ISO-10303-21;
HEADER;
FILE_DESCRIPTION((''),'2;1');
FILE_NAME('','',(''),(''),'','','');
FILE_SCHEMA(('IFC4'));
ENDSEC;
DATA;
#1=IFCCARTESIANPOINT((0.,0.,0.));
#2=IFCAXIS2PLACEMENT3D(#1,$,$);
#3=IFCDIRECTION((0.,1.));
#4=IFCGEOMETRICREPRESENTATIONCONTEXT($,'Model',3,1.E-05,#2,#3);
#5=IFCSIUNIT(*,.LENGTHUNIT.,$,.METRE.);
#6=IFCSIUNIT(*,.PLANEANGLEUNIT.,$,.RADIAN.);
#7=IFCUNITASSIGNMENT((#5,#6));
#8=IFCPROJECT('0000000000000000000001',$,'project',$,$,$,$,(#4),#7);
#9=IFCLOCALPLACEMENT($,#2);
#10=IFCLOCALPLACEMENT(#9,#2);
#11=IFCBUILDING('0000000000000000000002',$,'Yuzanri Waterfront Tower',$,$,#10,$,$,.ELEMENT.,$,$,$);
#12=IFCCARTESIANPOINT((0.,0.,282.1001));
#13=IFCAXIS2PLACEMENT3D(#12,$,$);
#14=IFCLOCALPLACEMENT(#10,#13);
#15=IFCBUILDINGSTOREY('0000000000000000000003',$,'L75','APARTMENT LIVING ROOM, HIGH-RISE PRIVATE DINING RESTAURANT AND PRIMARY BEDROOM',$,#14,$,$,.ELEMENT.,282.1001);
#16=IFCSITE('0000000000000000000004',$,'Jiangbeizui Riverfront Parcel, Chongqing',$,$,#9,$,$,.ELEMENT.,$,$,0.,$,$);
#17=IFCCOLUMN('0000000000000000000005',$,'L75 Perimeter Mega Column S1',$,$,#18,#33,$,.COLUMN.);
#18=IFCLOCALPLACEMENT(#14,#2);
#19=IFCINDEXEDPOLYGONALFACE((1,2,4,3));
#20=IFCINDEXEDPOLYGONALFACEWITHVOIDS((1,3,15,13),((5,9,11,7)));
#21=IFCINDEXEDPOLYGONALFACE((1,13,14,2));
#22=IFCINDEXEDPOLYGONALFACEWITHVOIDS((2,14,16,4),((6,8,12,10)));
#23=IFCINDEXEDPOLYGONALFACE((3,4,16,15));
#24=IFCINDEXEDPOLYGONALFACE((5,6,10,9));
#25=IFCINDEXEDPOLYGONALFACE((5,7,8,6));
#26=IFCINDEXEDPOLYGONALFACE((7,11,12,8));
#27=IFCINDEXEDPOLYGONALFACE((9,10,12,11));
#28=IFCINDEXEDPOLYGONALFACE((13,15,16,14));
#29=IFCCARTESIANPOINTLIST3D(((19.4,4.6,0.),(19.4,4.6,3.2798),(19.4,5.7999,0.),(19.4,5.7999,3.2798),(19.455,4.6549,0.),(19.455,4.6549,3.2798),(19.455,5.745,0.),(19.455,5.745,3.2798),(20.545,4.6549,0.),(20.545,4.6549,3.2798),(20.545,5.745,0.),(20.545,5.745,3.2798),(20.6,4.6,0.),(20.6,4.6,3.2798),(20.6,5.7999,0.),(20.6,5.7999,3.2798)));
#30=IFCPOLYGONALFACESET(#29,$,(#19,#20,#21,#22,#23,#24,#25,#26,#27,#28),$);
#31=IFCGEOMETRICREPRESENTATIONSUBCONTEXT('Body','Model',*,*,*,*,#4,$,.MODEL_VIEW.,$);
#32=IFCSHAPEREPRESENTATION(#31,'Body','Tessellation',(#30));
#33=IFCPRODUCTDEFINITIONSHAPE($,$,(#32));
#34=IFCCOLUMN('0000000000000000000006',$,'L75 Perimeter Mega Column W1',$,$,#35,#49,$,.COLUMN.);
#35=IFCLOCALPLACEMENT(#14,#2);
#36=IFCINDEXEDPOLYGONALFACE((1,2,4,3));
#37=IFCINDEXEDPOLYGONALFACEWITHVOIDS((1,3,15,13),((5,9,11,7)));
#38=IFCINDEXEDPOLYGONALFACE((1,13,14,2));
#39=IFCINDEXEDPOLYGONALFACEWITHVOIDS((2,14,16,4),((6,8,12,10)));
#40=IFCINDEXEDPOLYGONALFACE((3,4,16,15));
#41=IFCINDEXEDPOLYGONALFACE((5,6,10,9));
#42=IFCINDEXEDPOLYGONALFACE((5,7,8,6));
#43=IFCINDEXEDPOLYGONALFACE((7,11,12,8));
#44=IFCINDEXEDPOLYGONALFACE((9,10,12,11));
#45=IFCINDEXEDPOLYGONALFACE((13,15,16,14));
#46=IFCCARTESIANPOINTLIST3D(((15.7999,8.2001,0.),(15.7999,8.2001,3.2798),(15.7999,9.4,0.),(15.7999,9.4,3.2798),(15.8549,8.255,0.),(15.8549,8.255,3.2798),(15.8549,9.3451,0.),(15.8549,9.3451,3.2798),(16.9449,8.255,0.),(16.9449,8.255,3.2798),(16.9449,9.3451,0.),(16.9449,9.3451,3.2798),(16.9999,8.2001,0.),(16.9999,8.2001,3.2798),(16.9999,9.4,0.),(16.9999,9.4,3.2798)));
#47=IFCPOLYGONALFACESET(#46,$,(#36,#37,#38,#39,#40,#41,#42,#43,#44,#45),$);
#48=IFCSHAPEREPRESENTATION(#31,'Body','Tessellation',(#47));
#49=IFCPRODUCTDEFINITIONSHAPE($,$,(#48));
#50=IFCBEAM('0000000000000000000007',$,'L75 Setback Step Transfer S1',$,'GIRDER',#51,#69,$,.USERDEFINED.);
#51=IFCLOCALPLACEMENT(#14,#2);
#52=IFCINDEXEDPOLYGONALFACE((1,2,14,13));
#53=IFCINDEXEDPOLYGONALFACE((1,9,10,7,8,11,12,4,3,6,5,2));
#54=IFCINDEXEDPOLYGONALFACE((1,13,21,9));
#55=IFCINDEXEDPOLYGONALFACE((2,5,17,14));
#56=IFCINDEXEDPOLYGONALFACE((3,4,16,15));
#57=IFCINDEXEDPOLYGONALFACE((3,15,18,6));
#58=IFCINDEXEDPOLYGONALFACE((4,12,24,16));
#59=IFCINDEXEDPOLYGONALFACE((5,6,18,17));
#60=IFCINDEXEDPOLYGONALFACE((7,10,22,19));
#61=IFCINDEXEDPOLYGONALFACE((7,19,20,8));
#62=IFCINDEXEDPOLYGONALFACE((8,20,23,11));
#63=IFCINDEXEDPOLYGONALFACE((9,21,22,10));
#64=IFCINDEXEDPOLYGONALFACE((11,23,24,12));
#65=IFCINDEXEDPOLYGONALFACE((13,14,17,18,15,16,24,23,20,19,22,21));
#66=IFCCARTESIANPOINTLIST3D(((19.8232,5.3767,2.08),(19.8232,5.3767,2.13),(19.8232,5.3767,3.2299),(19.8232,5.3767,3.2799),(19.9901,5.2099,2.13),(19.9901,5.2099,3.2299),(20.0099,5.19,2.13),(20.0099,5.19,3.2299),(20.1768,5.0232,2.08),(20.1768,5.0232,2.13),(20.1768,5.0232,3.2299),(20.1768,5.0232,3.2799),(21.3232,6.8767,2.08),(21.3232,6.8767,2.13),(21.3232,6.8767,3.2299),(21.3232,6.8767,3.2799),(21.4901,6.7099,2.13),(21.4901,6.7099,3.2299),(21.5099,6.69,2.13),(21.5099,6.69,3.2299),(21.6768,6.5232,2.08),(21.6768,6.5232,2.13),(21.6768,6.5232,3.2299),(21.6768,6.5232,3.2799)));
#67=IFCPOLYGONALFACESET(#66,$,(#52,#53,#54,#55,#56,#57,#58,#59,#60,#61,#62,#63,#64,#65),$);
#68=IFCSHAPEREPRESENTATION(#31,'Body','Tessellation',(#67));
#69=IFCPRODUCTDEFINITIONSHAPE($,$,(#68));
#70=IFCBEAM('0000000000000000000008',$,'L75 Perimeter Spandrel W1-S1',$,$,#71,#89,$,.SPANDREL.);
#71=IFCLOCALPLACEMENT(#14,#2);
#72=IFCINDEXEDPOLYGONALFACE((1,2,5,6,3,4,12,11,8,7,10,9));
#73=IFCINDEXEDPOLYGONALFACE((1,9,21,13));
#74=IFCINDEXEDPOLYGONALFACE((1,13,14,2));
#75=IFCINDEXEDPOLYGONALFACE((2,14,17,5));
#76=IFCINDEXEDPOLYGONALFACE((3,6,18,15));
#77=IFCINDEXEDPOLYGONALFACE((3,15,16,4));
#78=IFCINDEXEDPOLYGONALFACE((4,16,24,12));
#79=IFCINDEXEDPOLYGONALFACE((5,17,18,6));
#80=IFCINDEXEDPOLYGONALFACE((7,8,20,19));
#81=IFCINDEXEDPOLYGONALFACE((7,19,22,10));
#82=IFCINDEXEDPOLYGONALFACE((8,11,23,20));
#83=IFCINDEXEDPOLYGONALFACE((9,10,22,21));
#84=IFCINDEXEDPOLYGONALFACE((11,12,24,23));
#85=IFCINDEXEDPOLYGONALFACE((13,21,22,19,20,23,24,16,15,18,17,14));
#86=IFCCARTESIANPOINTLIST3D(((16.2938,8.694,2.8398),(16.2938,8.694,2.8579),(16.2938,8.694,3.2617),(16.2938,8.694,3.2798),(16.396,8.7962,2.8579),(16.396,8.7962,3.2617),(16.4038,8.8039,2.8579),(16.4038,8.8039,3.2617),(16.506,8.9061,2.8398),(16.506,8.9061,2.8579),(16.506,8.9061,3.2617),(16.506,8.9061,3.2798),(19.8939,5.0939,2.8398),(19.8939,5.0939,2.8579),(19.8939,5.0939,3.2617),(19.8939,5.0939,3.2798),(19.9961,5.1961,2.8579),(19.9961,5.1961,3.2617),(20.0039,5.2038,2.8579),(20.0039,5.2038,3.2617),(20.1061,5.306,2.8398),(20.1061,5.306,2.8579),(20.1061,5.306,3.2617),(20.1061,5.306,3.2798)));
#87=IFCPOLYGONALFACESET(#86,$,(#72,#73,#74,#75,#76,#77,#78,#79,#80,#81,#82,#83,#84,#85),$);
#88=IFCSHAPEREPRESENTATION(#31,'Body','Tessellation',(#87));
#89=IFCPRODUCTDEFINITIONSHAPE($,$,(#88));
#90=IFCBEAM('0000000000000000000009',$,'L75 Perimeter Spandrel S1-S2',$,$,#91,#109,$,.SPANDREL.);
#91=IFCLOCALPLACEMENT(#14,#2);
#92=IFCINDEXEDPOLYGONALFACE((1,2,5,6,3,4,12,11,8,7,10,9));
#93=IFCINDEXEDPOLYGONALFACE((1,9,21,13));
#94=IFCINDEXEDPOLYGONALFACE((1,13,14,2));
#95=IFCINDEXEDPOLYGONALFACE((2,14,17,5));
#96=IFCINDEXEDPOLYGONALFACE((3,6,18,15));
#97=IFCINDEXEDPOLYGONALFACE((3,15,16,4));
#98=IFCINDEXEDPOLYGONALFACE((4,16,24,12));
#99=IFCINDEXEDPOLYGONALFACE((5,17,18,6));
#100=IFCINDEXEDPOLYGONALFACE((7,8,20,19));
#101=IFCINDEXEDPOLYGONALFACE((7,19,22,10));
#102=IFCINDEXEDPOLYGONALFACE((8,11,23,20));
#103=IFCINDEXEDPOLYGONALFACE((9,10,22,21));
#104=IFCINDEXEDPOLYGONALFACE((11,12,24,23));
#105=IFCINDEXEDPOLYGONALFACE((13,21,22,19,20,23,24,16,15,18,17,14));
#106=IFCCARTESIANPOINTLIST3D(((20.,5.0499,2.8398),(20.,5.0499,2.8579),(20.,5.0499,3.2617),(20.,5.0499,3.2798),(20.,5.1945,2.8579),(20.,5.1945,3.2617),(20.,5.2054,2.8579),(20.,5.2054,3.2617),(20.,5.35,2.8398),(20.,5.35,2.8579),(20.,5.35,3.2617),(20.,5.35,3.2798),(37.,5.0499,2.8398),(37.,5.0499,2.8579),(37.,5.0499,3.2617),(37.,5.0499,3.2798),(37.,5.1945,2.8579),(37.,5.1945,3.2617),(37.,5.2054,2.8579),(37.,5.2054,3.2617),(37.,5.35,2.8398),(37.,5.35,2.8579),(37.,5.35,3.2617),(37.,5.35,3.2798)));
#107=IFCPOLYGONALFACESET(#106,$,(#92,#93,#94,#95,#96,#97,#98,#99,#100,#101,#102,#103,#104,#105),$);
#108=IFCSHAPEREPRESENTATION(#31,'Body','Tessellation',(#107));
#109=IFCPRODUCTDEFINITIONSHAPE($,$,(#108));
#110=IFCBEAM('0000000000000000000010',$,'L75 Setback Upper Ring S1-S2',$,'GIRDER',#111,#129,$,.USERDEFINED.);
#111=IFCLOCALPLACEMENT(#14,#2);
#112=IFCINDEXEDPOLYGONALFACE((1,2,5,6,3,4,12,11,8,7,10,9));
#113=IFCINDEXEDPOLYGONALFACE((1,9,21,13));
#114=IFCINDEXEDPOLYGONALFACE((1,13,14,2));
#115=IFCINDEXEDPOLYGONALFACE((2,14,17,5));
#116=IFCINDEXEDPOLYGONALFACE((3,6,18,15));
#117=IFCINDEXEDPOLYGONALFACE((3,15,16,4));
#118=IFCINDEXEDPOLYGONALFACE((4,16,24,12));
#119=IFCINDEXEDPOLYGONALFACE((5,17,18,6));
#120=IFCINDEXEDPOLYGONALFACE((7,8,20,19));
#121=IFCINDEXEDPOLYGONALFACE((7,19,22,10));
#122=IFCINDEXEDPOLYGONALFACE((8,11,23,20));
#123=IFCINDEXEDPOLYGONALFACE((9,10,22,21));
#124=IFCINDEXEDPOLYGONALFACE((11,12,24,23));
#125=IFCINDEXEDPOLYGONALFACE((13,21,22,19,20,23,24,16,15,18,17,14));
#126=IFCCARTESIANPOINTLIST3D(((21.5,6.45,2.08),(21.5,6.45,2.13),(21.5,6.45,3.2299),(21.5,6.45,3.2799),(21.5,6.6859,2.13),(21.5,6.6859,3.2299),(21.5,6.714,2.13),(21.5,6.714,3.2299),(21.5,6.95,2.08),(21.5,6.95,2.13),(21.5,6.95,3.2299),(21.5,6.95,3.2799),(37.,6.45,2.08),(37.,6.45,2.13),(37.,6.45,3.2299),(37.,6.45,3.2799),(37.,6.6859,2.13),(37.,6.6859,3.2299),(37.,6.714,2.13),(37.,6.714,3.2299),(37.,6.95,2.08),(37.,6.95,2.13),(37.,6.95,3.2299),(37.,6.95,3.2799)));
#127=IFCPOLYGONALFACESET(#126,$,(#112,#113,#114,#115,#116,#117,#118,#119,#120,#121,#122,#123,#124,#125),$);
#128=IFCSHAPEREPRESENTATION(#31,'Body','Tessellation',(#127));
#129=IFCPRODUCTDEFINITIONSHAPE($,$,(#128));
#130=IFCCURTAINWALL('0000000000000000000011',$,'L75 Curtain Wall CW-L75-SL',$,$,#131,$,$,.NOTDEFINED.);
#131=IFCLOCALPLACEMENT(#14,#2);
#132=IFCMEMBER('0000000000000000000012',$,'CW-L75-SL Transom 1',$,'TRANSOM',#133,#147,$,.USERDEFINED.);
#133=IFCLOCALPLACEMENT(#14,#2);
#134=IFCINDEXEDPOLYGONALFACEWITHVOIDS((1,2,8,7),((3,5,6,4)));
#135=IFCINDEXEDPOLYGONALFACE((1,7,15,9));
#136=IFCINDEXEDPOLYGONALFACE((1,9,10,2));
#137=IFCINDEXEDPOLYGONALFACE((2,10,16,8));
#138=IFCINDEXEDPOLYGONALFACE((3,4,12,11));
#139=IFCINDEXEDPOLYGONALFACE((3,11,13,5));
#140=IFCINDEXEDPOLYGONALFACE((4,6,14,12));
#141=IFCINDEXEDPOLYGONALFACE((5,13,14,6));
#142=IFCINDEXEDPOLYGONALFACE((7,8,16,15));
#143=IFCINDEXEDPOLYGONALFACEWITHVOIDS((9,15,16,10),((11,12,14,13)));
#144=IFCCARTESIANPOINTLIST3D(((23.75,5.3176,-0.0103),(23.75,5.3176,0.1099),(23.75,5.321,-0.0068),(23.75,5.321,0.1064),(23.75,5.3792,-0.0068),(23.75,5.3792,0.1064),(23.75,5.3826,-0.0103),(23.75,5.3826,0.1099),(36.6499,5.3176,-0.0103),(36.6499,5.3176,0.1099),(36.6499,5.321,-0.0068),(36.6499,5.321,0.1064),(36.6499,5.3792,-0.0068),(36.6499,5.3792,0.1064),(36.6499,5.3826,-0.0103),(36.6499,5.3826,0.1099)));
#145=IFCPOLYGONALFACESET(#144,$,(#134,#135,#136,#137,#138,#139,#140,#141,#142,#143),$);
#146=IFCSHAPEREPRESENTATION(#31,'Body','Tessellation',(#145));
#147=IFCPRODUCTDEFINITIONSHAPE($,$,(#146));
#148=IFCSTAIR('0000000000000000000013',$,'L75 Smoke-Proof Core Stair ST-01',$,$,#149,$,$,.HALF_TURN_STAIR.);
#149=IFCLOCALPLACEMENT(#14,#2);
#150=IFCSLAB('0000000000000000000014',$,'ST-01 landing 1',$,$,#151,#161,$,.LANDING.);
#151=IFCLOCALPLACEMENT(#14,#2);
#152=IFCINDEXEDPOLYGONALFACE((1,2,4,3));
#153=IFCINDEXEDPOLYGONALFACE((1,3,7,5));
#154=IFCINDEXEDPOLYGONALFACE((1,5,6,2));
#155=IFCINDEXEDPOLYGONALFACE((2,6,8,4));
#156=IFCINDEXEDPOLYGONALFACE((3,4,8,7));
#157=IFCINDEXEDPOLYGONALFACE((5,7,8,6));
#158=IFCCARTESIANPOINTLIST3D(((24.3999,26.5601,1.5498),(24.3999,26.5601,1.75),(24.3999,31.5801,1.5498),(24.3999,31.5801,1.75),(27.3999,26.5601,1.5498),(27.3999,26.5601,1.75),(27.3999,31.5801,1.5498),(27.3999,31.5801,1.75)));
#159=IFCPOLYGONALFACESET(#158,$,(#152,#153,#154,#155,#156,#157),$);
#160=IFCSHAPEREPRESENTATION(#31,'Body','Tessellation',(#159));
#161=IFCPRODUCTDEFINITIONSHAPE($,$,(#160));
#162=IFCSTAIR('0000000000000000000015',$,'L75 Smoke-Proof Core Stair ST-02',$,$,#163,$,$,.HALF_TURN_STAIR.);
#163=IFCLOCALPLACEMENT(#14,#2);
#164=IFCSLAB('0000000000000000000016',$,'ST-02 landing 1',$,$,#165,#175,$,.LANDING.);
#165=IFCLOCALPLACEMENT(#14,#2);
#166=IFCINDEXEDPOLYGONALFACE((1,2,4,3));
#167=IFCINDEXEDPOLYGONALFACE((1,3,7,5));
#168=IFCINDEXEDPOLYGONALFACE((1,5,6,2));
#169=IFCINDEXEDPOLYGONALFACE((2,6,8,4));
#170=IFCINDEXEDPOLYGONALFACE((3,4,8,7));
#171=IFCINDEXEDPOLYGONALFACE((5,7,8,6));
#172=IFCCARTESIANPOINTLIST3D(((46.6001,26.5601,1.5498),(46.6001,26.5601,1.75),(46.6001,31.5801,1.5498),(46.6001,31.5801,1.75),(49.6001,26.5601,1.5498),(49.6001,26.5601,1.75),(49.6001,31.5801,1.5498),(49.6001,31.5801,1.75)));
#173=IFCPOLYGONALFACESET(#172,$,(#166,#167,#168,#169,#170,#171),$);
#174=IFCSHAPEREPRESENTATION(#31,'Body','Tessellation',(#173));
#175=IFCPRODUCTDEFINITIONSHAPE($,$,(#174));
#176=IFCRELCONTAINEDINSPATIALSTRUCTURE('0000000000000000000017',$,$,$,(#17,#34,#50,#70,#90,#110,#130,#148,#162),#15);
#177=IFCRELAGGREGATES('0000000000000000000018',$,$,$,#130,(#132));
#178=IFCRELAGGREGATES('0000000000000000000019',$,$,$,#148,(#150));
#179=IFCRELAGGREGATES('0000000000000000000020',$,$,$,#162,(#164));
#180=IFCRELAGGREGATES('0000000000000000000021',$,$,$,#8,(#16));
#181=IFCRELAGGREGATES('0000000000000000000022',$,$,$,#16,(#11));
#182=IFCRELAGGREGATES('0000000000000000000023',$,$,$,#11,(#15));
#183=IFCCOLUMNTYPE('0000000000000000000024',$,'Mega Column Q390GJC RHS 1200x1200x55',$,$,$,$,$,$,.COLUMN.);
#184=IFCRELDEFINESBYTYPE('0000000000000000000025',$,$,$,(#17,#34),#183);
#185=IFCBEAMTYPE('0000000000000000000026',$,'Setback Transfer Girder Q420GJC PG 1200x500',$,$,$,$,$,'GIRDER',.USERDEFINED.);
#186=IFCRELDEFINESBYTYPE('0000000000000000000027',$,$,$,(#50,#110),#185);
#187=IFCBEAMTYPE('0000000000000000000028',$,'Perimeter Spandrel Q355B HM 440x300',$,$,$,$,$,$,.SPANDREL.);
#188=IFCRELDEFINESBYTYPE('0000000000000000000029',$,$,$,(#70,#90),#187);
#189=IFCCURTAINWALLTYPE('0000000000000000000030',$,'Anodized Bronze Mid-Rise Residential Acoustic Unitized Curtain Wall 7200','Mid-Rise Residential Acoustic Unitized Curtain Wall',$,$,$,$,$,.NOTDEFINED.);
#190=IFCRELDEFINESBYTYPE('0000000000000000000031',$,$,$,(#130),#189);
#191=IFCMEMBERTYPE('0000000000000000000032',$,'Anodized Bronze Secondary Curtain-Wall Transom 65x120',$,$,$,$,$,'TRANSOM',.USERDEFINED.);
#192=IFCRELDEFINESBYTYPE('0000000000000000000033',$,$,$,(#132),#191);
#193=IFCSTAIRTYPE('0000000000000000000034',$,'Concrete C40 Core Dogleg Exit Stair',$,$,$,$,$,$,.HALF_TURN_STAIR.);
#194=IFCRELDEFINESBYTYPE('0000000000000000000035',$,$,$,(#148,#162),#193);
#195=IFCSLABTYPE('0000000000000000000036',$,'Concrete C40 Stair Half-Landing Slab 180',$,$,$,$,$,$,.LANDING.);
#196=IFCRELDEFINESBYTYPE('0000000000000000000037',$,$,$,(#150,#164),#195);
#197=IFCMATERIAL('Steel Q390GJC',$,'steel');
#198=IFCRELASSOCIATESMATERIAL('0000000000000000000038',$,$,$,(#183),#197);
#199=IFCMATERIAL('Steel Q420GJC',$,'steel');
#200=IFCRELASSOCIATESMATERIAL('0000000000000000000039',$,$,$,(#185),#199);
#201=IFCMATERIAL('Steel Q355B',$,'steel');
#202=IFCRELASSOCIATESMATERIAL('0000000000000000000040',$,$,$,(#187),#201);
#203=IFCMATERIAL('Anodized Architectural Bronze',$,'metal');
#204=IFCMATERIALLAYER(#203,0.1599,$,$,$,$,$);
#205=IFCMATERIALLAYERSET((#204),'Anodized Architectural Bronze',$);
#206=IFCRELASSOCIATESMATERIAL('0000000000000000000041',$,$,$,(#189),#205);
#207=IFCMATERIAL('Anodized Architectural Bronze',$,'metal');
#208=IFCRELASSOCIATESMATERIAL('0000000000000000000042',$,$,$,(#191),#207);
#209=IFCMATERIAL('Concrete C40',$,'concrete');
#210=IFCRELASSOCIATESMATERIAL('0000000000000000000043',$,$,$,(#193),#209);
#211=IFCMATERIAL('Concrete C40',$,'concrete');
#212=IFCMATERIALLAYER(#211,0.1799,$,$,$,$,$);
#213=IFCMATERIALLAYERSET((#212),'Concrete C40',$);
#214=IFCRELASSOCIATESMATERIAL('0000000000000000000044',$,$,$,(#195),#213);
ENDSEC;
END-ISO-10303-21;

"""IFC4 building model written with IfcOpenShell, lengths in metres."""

from ifc_helpers import new_model, si_unit, direction, frame, origin, origin_2d, place, context, subcontext, project, spatial, polyline, hollow_rectangle, i_section, outline, extrude, source, transform, mapped, material, layer, layer_set, material_profile, profile_set, type_object, element, aggregate, save


model = new_model("IFC4")

# Units and contexts
model_context = context("Model", 3, precision=1e-05, world=origin(), true_north=direction((0.0, 1.0)))
body_context = subcontext(model_context, "Body", "Model", "MODEL_VIEW")
ifc_project = project(units=[si_unit("LENGTHUNIT", "METRE"), si_unit("PLANEANGLEUNIT", "RADIAN")], contexts=[model_context])

# Site, building, storey
site_placement = place(None, origin())
site = spatial("IfcSite", under=ifc_project, at=site_placement, Name="Jiangbeizui Riverfront Parcel, Chongqing", CompositionType="ELEMENT", RefElevation=0.0)
building_placement = place(site_placement, origin())
building = spatial("IfcBuilding", under=site, at=building_placement, Name="Yuzanri Waterfront Tower", CompositionType="ELEMENT")
storey_placement = place(building_placement, frame((0.0, 0.0, 282.1001)))
storey = spatial("IfcBuildingStorey", under=building, at=storey_placement, Name="L75", Description="APARTMENT LIVING ROOM, HIGH-RISE PRIVATE DINING RESTAURANT AND PRIMARY BEDROOM", CompositionType="ELEMENT", Elevation=282.1001)

# Columns
ifc_material_1 = material(Name="Steel Q390GJC", Category="steel")
ifc_material_profile_1 = material_profile(ifc_material_1, hollow_rectangle(XDim=1.2, YDim=1.2, WallThickness=0.0549, at=origin_2d()), Name="RHS 1200x1200x55")
ifc_profile_set_1 = profile_set([ifc_material_profile_1], Name="Steel Q390GJC")
column_type = type_object("IfcColumnType", Name="Mega Column Q390GJC RHS 1200x1200x55", PredefinedType="COLUMN", material=ifc_profile_set_1)
shared_shape_1 = source(origin(), body_context, "Body", "SweptSolid", [
    extrude(hollow_rectangle(XDim=1.2, YDim=1.2, WallThickness=0.0549, at=origin_2d()), origin(), (0.0, 0.0, 1.0), 3.2798),
])
for number, where, z_axis, x_axis, name in (
    (1, (20.0, 5.2, 0.0), (0.0, 0.0, 1.0), (1.0, 0.0, 0.0), "L75 Perimeter Mega Column S1"),
    (2, (16.3999, 8.8, 0.0), (0.0, 0.0, 1.0), (1.0, 0.0, 0.0), "L75 Perimeter Mega Column W1"),
):
    element("IfcColumn", number, at=place(storey_placement, frame(where, z_axis=z_axis, x_axis=x_axis)), inside=storey, type_object=column_type, Name=name, PredefinedType="COLUMN", context=body_context, shape_type="MappedRepresentation", body=[
        mapped(shared_shape_1, transform((0.0, 0.0, 0.0), scale=1.0)),
    ])

# Beams
ifc_material_2 = material(Name="Steel Q420GJC", Category="steel")
ifc_material_profile_2 = material_profile(ifc_material_2, i_section(OverallWidth=0.5, OverallDepth=1.2, WebThickness=0.0281, FlangeThickness=0.05, at=origin_2d()), Name="PG 1200x500x28x50")
ifc_profile_set_2 = profile_set([ifc_material_profile_2], Name="Steel Q420GJC")
beam_type_1 = type_object("IfcBeamType", Name="Setback Transfer Girder Q420GJC PG 1200x500", ElementType="GIRDER", PredefinedType="USERDEFINED", material=ifc_profile_set_2)
shared_shape_2 = source(origin(), body_context, "Body", "SweptSolid", [
    extrude(i_section(OverallWidth=0.5, OverallDepth=1.2, WebThickness=0.0281, FlangeThickness=0.05, at=origin_2d()), origin(), (0.0, 0.0, 1.0), 2.1213),
])
beam_1_placement = place(storey_placement, frame((21.5, 6.7, 2.6799), z_axis=(-0.707107, -0.707107, 0.0), x_axis=(0.707107, -0.707107, 0.0)))
element("IfcBeam", 3, at=beam_1_placement, inside=storey, type_object=beam_type_1, Name="L75 Setback Step Transfer S1", ObjectType="GIRDER", PredefinedType="USERDEFINED", context=body_context, shape_type="MappedRepresentation", body=[
    mapped(shared_shape_2, transform((0.0, 0.0, 0.0), scale=1.0)),
])
ifc_material_3 = material(Name="Steel Q355B", Category="steel")
ifc_material_profile_3 = material_profile(ifc_material_3, i_section(OverallWidth=0.3, OverallDepth=0.4399, WebThickness=0.011, FlangeThickness=0.0181, at=origin_2d()), Name="HM 440x300x11x18")
ifc_profile_set_3 = profile_set([ifc_material_profile_3], Name="Steel Q355B")
beam_type_2 = type_object("IfcBeamType", Name="Perimeter Spandrel Q355B HM 440x300", PredefinedType="SPANDREL", material=ifc_profile_set_3)
shared_shape_3 = source(origin(), body_context, "Body", "SweptSolid", [
    extrude(i_section(OverallWidth=0.3, OverallDepth=0.4399, WebThickness=0.011, FlangeThickness=0.0181, at=origin_2d()), origin(), (0.0, 0.0, 1.0), 5.0913),
])
beam_2_placement = place(storey_placement, frame((16.3999, 8.8, 3.0598), z_axis=(0.707107, -0.707107, 0.0), x_axis=(0.707107, 0.707107, 0.0)))
element("IfcBeam", 4, at=beam_2_placement, inside=storey, type_object=beam_type_2, Name="L75 Perimeter Spandrel W1-S1", PredefinedType="SPANDREL", context=body_context, shape_type="MappedRepresentation", body=[
    mapped(shared_shape_3, transform((0.0, 0.0, 0.0), scale=1.0)),
])
shared_shape_4 = source(origin(), body_context, "Body", "SweptSolid", [
    extrude(i_section(OverallWidth=0.3, OverallDepth=0.4399, WebThickness=0.011, FlangeThickness=0.0181, at=origin_2d()), origin(), (0.0, 0.0, 1.0), 17.0),
])
beam_3_placement = place(storey_placement, frame((20.0, 5.2, 3.0598), z_axis=(1.0, 0.0, 0.0), x_axis=(0.0, 1.0, 0.0)))
element("IfcBeam", 5, at=beam_3_placement, inside=storey, type_object=beam_type_2, Name="L75 Perimeter Spandrel S1-S2", PredefinedType="SPANDREL", context=body_context, shape_type="MappedRepresentation", body=[
    mapped(shared_shape_4, transform((0.0, 0.0, 0.0), scale=1.0)),
])
shared_shape_5 = source(origin(), body_context, "Body", "SweptSolid", [
    extrude(i_section(OverallWidth=0.5, OverallDepth=1.2, WebThickness=0.0281, FlangeThickness=0.05, at=origin_2d()), origin(), (0.0, 0.0, 1.0), 15.5),
])
beam_4_placement = place(storey_placement, frame((21.5, 6.7, 2.6799), z_axis=(1.0, 0.0, 0.0), x_axis=(0.0, 1.0, 0.0)))
element("IfcBeam", 6, at=beam_4_placement, inside=storey, type_object=beam_type_1, Name="L75 Setback Upper Ring S1-S2", ObjectType="GIRDER", PredefinedType="USERDEFINED", context=body_context, shape_type="MappedRepresentation", body=[
    mapped(shared_shape_5, transform((0.0, 0.0, 0.0), scale=1.0)),
])

# Curtain wall, member
ifc_material_4 = material(Name="Anodized Architectural Bronze", Category="metal")
ifc_layer_1 = layer(ifc_material_4, 0.1599)
ifc_layer_set_1 = layer_set([ifc_layer_1], Name="Anodized Architectural Bronze")
curtain_wall_type = type_object("IfcCurtainWallType", Name="Anodized Bronze Mid-Rise Residential Acoustic Unitized Curtain Wall 7200", Description="Mid-Rise Residential Acoustic Unitized Curtain Wall", PredefinedType="NOTDEFINED", material=ifc_layer_set_1)
curtain_wall_placement = place(storey_placement, origin())
curtain_wall = element("IfcCurtainWall", 7, at=curtain_wall_placement, inside=storey, type_object=curtain_wall_type, Name="L75 Curtain Wall CW-L75-SL", PredefinedType="NOTDEFINED")
ifc_material_5 = material(Name="Anodized Architectural Bronze", Category="metal")
ifc_material_profile_4 = material_profile(ifc_material_5, hollow_rectangle(XDim=0.0649, YDim=0.1201, WallThickness=0.0034, at=origin_2d()), Name="CWT 65x120")
ifc_profile_set_4 = profile_set([ifc_material_profile_4], Name="Anodized Architectural Bronze")
member_type = type_object("IfcMemberType", Name="Anodized Bronze Secondary Curtain-Wall Transom 65x120", ElementType="TRANSOM", PredefinedType="USERDEFINED", material=ifc_profile_set_4)
shared_shape_6 = source(origin(), body_context, "Body", "SweptSolid", [
    extrude(hollow_rectangle(XDim=0.0649, YDim=0.1201, WallThickness=0.0034, at=origin_2d()), origin(), (0.0, 0.0, 1.0), 12.8999),
])
member_placement = place(storey_placement, frame((23.75, 5.3501, 0.0498), z_axis=(1.0, 0.0, 0.0), x_axis=(0.0, 1.0, 0.0)))
member = element("IfcMember", 8, at=member_placement, type_object=member_type, Name="CW-L75-SL Transom 1", ObjectType="TRANSOM", PredefinedType="USERDEFINED", context=body_context, shape_type="MappedRepresentation", body=[
    mapped(shared_shape_6, transform((0.0, 0.0, 0.0), scale=1.0)),
])
aggregate(curtain_wall, [member])

# Stairs, slabs
ifc_material_6 = material(Name="Concrete C40", Category="concrete")
stair_type = type_object("IfcStairType", Name="Concrete C40 Core Dogleg Exit Stair", PredefinedType="HALF_TURN_STAIR", material=ifc_material_6)
stair_1_placement = place(storey_placement, origin())
stair_1 = element("IfcStair", 9, at=stair_1_placement, inside=storey, type_object=stair_type, Name="L75 Smoke-Proof Core Stair ST-01", PredefinedType="HALF_TURN_STAIR")
ifc_material_7 = material(Name="Concrete C40", Category="concrete")
ifc_layer_2 = layer(ifc_material_7, 0.1799)
ifc_layer_set_2 = layer_set([ifc_layer_2], Name="Concrete C40")
slab_type_1 = type_object("IfcSlabType", Name="Concrete C40 Stair Half-Landing Slab 180", PredefinedType="LANDING", material=ifc_layer_set_2)
slab_1_placement = place(storey_placement, frame((0.0, 0.0, 1.5498)))
slab_1 = element("IfcSlab", 10, at=slab_1_placement, type_object=slab_type_1, Name="ST-01 landing 1", PredefinedType="LANDING", context=body_context, shape_type="SweptSolid", body=[
    extrude(outline(polyline([(27.3999, 26.5601), (27.3999, 31.5801), (24.3999, 31.5801), (24.3999, 26.5601), (27.3999, 26.5601)])), origin(), (0.0, 0.0, 1.0), 0.2002),
])
aggregate(stair_1, [slab_1])
stair_2_placement = place(storey_placement, origin())
stair_2 = element("IfcStair", 11, at=stair_2_placement, inside=storey, type_object=stair_type, Name="L75 Smoke-Proof Core Stair ST-02", PredefinedType="HALF_TURN_STAIR")
slab_2_placement = place(storey_placement, frame((0.0, 0.0, 1.5498)))
slab_2 = element("IfcSlab", 12, at=slab_2_placement, type_object=slab_type_1, Name="ST-02 landing 1", PredefinedType="LANDING", context=body_context, shape_type="SweptSolid", body=[
    extrude(outline(polyline([(49.6001, 26.5601), (49.6001, 31.5801), (46.6001, 31.5801), (46.6001, 26.5601), (49.6001, 26.5601)])), origin(), (0.0, 0.0, 1.0), 0.2002),
])
aggregate(stair_2, [slab_2])

save(model, "model.ifc")
